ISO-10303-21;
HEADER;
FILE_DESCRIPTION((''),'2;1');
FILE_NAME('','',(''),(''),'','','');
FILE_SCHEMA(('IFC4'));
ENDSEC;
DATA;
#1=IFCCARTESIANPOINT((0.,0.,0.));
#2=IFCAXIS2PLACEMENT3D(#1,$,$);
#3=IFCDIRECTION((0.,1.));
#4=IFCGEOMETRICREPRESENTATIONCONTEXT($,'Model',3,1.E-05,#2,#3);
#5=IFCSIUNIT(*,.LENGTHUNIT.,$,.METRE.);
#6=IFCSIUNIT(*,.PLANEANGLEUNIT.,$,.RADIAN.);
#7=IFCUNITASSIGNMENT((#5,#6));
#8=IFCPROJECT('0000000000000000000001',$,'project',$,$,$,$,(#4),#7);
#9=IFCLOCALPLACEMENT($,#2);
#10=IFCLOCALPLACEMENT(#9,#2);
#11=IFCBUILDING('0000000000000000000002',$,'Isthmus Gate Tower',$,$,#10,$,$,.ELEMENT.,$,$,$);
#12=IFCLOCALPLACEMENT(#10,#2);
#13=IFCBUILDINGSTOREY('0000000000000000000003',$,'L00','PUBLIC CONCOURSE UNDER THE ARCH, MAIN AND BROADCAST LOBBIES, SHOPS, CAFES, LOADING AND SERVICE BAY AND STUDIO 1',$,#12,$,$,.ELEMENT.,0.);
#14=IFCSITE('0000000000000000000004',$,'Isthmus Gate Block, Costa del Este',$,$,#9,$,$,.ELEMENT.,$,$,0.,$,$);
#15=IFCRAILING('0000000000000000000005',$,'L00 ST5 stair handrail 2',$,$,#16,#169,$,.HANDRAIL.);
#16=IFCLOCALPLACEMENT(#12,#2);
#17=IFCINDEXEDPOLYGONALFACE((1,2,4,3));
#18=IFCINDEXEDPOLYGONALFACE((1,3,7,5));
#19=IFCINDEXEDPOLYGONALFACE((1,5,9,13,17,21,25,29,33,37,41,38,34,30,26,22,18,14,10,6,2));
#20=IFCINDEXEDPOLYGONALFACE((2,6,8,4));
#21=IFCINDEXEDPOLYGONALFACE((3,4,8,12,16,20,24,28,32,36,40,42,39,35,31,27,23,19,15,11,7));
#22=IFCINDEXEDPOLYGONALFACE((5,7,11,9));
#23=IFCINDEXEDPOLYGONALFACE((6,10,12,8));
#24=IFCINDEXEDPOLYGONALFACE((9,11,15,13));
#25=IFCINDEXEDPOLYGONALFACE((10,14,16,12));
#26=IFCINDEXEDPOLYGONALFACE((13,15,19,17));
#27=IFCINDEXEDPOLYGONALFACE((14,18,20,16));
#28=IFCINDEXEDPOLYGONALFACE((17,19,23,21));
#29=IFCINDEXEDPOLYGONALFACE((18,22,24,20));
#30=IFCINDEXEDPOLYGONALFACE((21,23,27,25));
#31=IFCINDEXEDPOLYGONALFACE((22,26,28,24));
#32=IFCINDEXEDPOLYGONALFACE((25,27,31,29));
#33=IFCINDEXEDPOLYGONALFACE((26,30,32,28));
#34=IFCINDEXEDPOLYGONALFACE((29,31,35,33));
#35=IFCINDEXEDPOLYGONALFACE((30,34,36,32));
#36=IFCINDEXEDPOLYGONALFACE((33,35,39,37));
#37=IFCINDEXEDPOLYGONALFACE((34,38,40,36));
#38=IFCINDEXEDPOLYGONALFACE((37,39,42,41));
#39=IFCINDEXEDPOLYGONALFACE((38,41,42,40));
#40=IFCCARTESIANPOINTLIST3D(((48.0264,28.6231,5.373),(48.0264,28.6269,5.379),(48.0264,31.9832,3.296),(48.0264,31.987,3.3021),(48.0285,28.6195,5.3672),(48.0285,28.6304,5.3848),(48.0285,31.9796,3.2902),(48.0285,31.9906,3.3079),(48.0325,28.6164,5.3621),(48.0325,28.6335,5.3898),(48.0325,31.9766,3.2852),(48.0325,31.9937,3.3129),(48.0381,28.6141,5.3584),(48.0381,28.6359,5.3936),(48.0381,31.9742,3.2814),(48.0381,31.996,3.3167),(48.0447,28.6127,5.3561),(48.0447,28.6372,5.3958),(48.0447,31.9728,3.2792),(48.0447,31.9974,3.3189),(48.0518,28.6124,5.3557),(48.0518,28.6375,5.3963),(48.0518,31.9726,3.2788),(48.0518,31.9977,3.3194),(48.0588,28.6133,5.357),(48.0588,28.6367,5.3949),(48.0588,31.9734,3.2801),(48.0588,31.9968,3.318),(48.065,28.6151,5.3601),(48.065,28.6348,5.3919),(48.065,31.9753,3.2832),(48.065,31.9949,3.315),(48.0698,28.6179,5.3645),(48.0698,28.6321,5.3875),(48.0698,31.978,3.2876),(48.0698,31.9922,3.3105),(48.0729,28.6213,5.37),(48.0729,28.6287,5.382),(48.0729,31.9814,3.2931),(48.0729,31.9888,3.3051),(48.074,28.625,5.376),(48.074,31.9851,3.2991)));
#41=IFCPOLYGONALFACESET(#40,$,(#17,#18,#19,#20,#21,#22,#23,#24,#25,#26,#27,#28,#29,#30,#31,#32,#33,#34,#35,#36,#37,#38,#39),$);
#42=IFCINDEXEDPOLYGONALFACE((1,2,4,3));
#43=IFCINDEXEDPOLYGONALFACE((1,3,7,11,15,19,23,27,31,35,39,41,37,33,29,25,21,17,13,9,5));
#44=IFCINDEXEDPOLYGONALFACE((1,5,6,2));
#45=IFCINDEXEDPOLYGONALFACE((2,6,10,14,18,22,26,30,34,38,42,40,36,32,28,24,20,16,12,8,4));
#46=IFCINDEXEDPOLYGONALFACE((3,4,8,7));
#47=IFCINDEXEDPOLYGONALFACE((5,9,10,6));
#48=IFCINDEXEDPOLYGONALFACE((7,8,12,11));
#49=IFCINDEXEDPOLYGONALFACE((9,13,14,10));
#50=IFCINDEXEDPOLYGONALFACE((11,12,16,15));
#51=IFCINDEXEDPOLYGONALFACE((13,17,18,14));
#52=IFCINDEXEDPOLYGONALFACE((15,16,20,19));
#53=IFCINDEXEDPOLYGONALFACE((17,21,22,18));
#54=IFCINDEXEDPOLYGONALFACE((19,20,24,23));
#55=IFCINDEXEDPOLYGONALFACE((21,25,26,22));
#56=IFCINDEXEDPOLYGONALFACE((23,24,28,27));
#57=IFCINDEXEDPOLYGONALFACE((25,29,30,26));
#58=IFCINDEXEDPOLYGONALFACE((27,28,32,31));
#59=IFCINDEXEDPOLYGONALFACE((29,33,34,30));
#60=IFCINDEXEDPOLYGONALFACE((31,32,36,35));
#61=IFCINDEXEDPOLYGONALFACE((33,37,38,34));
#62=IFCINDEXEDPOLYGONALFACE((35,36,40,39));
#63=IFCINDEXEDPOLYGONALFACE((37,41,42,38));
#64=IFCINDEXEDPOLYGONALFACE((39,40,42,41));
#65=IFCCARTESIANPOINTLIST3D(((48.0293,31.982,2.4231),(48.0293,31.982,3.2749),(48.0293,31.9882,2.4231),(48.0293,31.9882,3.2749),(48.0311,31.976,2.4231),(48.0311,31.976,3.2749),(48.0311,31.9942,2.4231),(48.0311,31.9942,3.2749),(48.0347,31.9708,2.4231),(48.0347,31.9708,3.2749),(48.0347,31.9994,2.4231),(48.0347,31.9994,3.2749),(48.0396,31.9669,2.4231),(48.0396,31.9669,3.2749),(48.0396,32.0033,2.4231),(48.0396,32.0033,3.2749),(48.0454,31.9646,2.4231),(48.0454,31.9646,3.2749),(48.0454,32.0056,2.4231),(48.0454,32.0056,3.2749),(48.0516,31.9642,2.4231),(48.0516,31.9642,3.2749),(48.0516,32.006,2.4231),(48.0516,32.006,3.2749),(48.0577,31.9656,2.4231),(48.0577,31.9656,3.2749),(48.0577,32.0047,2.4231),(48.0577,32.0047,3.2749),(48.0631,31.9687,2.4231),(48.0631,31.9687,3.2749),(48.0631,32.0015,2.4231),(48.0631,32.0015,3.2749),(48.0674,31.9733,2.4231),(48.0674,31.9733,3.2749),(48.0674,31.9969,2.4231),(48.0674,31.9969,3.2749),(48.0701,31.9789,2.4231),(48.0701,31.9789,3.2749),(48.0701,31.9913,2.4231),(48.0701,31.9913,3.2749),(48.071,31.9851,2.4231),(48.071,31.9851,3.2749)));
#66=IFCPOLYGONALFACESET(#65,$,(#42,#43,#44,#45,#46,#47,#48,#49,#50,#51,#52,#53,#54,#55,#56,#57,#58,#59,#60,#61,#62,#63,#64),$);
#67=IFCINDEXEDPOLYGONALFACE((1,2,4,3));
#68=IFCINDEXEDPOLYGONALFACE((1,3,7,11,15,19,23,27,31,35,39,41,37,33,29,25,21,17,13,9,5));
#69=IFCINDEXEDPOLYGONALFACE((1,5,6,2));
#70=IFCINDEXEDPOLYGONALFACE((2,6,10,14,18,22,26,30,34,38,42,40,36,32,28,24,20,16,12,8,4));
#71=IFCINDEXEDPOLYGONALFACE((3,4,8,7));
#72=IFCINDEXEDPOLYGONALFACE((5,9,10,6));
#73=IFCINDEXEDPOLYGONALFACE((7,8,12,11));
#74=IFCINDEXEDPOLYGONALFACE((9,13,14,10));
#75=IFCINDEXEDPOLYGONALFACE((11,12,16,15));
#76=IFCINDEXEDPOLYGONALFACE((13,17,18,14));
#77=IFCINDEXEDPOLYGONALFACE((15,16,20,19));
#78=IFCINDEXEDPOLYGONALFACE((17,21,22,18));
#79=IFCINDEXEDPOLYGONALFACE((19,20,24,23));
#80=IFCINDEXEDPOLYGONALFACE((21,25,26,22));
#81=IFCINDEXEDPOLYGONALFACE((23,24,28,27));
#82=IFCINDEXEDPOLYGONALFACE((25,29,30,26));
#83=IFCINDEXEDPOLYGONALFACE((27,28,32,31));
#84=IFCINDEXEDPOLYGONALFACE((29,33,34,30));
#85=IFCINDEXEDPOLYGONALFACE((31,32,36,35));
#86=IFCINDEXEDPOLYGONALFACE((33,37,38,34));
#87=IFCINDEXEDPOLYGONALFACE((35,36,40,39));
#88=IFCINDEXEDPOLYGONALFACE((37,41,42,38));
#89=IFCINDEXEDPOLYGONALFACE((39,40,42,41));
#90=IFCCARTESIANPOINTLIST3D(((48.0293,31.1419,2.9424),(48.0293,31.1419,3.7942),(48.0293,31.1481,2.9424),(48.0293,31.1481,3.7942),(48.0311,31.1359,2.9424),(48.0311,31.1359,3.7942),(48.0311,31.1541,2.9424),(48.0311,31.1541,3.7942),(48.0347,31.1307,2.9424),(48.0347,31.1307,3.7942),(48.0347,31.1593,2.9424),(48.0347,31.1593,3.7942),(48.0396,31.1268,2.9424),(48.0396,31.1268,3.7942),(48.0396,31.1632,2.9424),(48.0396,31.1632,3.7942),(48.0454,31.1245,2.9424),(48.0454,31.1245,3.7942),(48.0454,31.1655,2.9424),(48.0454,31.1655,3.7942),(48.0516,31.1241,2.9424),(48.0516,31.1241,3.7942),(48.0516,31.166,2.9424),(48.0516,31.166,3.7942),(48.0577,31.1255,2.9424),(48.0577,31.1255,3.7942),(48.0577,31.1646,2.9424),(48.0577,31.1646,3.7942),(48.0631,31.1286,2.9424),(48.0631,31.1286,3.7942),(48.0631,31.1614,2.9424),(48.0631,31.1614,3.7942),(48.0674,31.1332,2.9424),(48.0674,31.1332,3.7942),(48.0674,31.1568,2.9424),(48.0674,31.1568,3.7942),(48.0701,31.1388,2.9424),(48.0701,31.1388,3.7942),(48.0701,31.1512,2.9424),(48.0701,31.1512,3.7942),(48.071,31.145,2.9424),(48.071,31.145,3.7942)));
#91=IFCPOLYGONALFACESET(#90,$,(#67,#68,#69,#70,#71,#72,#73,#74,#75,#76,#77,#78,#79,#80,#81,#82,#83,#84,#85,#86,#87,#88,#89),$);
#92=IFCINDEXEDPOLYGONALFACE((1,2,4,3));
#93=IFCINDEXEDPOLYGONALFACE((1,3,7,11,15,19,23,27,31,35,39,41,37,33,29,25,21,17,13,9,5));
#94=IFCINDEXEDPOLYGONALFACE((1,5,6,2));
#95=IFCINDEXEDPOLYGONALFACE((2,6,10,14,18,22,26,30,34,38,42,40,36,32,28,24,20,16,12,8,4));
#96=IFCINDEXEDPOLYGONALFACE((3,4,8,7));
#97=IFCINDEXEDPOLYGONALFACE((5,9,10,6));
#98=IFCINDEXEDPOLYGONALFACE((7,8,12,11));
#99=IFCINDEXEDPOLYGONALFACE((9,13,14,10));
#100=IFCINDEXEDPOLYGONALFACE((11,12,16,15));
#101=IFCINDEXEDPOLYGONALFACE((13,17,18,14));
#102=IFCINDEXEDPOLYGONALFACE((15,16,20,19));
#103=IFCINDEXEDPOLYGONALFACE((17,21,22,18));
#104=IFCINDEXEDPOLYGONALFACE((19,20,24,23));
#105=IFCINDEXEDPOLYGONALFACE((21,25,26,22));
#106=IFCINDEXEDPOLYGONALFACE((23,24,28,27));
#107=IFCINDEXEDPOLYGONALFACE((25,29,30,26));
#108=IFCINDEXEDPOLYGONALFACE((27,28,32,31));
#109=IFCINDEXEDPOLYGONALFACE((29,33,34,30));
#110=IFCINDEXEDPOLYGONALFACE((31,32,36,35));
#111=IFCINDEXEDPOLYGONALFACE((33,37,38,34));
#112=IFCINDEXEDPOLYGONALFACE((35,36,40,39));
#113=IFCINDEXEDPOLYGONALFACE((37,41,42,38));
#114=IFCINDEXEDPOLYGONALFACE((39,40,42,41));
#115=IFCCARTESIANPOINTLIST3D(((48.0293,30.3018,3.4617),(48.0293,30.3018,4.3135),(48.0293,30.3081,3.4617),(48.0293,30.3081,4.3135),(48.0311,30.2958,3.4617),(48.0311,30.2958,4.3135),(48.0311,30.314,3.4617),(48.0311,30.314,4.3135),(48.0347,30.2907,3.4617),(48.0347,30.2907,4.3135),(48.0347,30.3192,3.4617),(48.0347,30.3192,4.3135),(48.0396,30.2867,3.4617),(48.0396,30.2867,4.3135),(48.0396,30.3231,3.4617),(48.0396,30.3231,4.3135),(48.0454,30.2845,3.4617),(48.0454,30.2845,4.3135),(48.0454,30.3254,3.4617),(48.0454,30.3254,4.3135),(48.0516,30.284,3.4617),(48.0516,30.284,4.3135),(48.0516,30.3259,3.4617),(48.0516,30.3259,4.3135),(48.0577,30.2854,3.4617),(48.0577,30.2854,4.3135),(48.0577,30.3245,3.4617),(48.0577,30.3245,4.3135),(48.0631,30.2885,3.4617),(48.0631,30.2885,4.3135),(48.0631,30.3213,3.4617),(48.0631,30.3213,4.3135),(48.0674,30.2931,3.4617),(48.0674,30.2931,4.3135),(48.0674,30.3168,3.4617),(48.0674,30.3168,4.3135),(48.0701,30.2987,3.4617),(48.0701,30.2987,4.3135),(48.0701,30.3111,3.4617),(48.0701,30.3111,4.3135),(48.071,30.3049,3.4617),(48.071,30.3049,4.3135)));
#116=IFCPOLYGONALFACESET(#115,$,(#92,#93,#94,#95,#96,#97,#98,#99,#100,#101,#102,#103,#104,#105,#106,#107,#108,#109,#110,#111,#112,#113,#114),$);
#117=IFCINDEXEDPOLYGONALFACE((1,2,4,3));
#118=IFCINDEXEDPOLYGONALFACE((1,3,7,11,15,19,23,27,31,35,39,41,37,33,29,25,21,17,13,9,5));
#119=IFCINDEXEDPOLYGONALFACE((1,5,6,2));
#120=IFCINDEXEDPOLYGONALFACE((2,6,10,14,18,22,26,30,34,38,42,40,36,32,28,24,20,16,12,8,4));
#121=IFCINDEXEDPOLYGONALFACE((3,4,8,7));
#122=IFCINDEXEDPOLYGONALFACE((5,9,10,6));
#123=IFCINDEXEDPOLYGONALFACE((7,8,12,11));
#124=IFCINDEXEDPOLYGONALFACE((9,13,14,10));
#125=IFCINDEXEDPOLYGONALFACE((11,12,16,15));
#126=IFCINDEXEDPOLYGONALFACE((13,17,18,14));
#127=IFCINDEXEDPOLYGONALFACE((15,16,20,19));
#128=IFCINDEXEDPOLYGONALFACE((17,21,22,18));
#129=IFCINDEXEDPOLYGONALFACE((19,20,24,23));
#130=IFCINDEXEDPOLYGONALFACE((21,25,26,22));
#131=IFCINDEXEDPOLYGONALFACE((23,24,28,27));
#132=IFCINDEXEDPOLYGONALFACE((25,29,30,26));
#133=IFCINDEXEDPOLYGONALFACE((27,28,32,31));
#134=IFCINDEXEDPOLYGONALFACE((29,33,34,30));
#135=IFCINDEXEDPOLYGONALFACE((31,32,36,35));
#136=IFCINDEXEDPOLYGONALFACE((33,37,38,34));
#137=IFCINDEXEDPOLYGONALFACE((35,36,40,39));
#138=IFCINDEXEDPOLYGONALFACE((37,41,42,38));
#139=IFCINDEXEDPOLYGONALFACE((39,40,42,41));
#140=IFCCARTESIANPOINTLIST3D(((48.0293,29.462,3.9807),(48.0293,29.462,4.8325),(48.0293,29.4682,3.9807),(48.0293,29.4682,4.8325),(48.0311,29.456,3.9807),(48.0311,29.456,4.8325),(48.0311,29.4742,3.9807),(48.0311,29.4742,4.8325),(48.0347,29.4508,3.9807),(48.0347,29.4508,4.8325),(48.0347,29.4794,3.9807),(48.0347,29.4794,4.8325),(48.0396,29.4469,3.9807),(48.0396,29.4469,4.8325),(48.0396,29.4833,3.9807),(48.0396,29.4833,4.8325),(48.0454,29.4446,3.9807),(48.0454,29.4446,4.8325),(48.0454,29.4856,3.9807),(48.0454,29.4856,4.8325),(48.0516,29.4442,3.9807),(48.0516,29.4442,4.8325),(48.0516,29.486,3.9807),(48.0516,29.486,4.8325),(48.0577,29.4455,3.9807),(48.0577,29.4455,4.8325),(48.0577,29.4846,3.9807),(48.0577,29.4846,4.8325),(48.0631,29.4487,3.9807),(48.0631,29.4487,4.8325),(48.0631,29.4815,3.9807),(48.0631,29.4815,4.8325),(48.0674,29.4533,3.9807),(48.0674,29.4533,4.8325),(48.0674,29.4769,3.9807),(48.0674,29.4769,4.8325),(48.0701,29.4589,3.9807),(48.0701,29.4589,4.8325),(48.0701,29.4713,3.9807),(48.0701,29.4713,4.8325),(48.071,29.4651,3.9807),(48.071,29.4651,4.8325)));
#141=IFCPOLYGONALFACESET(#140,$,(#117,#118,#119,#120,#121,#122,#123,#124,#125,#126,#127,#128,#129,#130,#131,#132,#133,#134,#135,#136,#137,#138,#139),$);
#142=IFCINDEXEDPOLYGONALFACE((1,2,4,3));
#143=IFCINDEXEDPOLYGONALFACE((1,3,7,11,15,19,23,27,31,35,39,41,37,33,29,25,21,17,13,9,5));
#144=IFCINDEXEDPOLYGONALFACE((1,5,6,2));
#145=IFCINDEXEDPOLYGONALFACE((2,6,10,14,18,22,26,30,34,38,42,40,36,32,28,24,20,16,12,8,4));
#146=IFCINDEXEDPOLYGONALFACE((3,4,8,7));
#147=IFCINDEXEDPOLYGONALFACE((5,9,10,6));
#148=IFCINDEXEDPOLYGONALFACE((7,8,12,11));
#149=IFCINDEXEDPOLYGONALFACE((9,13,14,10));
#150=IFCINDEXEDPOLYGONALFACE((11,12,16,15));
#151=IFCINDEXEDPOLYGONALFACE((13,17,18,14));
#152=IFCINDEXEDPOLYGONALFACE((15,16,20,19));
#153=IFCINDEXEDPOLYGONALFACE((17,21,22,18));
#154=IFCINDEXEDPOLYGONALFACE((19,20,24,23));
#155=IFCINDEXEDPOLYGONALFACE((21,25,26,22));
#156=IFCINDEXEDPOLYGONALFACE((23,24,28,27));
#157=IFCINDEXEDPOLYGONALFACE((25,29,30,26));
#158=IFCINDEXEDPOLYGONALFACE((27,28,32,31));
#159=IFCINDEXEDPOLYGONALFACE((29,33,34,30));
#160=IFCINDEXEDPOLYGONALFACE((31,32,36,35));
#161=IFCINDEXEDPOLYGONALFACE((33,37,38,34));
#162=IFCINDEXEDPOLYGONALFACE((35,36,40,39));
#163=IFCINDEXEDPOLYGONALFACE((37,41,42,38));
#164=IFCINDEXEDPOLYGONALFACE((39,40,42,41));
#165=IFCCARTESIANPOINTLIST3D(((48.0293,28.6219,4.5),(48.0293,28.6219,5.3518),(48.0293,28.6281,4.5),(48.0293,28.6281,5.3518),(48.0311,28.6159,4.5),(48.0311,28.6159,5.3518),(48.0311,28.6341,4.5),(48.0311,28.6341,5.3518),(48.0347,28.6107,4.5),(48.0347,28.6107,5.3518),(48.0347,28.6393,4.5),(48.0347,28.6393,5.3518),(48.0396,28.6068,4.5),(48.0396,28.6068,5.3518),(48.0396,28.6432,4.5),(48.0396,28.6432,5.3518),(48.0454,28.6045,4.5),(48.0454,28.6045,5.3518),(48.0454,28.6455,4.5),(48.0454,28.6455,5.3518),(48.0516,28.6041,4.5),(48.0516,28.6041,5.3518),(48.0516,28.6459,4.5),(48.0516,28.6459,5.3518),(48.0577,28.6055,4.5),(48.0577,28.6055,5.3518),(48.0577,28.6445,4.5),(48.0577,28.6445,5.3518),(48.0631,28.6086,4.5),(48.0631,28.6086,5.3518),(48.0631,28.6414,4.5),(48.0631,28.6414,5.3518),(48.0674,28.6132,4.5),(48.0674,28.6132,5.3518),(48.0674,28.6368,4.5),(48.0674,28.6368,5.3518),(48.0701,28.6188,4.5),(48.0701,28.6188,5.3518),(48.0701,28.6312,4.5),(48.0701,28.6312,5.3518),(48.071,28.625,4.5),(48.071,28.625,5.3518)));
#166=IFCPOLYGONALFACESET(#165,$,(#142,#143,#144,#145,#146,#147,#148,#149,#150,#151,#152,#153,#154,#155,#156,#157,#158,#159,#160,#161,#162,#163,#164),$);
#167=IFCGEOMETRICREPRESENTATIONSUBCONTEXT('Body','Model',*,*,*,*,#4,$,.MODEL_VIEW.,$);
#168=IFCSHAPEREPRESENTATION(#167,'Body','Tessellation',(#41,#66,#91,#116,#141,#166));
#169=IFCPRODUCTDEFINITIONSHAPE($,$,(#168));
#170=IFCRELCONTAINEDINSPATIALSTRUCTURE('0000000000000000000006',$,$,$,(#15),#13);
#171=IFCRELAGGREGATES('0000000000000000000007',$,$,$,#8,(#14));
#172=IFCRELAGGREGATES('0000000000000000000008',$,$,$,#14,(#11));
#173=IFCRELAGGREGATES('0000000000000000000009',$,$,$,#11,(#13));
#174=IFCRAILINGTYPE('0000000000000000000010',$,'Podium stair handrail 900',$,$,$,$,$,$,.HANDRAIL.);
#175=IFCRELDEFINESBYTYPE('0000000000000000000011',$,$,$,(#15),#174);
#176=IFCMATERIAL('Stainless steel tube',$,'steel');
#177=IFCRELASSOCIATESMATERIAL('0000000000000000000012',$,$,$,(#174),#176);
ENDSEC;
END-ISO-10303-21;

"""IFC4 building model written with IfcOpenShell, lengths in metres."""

from ifc_helpers import new_model, si_unit, direction, frame, origin, origin_2d, place, context, subcontext, project, spatial, circle, extrude, material, type_object, element, save


model = new_model("IFC4")

# Units and contexts
model_context = context("Model", 3, precision=1e-05, world=origin(), true_north=direction((0.0, 1.0)))
body_context = subcontext(model_context, "Body", "Model", "MODEL_VIEW")
ifc_project = project(units=[si_unit("LENGTHUNIT", "METRE"), si_unit("PLANEANGLEUNIT", "RADIAN")], contexts=[model_context])

# Site, building, storey
site_placement = place(None, origin())
site = spatial("IfcSite", under=ifc_project, at=site_placement, Name="Isthmus Gate Block, Costa del Este", CompositionType="ELEMENT", RefElevation=0.0)
building_placement = place(site_placement, origin())
building = spatial("IfcBuilding", under=site, at=building_placement, Name="Isthmus Gate Tower", CompositionType="ELEMENT")
storey_placement = place(building_placement, origin())
storey = spatial("IfcBuildingStorey", under=building, at=storey_placement, Name="L00", Description="PUBLIC CONCOURSE UNDER THE ARCH, MAIN AND BROADCAST LOBBIES, SHOPS, CAFES, LOADING AND SERVICE BAY AND STUDIO 1", CompositionType="ELEMENT", Elevation=0.0)

# Railing
ifc_material_1 = material(Name="Stainless steel tube", Category="steel")
railing_type_1 = type_object("IfcRailingType", Name="Podium stair handrail 900", PredefinedType="HANDRAIL", material=ifc_material_1)
railing_1_placement = place(storey_placement, frame((48.05, 31.9851, 2.4231)))
element("IfcRailing", 1, at=railing_1_placement, inside=storey, type_object=railing_type_1, Name="L00 ST5 stair handrail 2", PredefinedType="HANDRAIL", context=body_context, shape_type="SweptSolid", body=[
    extrude(circle(Radius=0.0239, at=origin_2d()), frame((0.0, 0.0, 0.876), z_axis=(0.0, -0.850623, 0.525776), x_axis=(1.0, 0.0, 0.0)), (0.0, 0.0, 1.0), 3.9502),
    extrude(circle(Radius=0.021, at=origin_2d()), origin(), (0.0, 0.0, 1.0), 0.8518),
    extrude(circle(Radius=0.021, at=origin_2d()), frame((0.0, -0.8401, 0.5193)), (0.0, 0.0, 1.0), 0.8518),
    extrude(circle(Radius=0.021, at=origin_2d()), frame((0.0, -1.6802, 1.0386)), (0.0, 0.0, 1.0), 0.8518),
    extrude(circle(Radius=0.021, at=origin_2d()), frame((0.0, -2.52, 1.5576)), (0.0, 0.0, 1.0), 0.8518),
    extrude(circle(Radius=0.021, at=origin_2d()), frame((0.0, -3.3601, 2.0769)), (0.0, 0.0, 1.0), 0.8518),
])

save(model, "model.ifc")
